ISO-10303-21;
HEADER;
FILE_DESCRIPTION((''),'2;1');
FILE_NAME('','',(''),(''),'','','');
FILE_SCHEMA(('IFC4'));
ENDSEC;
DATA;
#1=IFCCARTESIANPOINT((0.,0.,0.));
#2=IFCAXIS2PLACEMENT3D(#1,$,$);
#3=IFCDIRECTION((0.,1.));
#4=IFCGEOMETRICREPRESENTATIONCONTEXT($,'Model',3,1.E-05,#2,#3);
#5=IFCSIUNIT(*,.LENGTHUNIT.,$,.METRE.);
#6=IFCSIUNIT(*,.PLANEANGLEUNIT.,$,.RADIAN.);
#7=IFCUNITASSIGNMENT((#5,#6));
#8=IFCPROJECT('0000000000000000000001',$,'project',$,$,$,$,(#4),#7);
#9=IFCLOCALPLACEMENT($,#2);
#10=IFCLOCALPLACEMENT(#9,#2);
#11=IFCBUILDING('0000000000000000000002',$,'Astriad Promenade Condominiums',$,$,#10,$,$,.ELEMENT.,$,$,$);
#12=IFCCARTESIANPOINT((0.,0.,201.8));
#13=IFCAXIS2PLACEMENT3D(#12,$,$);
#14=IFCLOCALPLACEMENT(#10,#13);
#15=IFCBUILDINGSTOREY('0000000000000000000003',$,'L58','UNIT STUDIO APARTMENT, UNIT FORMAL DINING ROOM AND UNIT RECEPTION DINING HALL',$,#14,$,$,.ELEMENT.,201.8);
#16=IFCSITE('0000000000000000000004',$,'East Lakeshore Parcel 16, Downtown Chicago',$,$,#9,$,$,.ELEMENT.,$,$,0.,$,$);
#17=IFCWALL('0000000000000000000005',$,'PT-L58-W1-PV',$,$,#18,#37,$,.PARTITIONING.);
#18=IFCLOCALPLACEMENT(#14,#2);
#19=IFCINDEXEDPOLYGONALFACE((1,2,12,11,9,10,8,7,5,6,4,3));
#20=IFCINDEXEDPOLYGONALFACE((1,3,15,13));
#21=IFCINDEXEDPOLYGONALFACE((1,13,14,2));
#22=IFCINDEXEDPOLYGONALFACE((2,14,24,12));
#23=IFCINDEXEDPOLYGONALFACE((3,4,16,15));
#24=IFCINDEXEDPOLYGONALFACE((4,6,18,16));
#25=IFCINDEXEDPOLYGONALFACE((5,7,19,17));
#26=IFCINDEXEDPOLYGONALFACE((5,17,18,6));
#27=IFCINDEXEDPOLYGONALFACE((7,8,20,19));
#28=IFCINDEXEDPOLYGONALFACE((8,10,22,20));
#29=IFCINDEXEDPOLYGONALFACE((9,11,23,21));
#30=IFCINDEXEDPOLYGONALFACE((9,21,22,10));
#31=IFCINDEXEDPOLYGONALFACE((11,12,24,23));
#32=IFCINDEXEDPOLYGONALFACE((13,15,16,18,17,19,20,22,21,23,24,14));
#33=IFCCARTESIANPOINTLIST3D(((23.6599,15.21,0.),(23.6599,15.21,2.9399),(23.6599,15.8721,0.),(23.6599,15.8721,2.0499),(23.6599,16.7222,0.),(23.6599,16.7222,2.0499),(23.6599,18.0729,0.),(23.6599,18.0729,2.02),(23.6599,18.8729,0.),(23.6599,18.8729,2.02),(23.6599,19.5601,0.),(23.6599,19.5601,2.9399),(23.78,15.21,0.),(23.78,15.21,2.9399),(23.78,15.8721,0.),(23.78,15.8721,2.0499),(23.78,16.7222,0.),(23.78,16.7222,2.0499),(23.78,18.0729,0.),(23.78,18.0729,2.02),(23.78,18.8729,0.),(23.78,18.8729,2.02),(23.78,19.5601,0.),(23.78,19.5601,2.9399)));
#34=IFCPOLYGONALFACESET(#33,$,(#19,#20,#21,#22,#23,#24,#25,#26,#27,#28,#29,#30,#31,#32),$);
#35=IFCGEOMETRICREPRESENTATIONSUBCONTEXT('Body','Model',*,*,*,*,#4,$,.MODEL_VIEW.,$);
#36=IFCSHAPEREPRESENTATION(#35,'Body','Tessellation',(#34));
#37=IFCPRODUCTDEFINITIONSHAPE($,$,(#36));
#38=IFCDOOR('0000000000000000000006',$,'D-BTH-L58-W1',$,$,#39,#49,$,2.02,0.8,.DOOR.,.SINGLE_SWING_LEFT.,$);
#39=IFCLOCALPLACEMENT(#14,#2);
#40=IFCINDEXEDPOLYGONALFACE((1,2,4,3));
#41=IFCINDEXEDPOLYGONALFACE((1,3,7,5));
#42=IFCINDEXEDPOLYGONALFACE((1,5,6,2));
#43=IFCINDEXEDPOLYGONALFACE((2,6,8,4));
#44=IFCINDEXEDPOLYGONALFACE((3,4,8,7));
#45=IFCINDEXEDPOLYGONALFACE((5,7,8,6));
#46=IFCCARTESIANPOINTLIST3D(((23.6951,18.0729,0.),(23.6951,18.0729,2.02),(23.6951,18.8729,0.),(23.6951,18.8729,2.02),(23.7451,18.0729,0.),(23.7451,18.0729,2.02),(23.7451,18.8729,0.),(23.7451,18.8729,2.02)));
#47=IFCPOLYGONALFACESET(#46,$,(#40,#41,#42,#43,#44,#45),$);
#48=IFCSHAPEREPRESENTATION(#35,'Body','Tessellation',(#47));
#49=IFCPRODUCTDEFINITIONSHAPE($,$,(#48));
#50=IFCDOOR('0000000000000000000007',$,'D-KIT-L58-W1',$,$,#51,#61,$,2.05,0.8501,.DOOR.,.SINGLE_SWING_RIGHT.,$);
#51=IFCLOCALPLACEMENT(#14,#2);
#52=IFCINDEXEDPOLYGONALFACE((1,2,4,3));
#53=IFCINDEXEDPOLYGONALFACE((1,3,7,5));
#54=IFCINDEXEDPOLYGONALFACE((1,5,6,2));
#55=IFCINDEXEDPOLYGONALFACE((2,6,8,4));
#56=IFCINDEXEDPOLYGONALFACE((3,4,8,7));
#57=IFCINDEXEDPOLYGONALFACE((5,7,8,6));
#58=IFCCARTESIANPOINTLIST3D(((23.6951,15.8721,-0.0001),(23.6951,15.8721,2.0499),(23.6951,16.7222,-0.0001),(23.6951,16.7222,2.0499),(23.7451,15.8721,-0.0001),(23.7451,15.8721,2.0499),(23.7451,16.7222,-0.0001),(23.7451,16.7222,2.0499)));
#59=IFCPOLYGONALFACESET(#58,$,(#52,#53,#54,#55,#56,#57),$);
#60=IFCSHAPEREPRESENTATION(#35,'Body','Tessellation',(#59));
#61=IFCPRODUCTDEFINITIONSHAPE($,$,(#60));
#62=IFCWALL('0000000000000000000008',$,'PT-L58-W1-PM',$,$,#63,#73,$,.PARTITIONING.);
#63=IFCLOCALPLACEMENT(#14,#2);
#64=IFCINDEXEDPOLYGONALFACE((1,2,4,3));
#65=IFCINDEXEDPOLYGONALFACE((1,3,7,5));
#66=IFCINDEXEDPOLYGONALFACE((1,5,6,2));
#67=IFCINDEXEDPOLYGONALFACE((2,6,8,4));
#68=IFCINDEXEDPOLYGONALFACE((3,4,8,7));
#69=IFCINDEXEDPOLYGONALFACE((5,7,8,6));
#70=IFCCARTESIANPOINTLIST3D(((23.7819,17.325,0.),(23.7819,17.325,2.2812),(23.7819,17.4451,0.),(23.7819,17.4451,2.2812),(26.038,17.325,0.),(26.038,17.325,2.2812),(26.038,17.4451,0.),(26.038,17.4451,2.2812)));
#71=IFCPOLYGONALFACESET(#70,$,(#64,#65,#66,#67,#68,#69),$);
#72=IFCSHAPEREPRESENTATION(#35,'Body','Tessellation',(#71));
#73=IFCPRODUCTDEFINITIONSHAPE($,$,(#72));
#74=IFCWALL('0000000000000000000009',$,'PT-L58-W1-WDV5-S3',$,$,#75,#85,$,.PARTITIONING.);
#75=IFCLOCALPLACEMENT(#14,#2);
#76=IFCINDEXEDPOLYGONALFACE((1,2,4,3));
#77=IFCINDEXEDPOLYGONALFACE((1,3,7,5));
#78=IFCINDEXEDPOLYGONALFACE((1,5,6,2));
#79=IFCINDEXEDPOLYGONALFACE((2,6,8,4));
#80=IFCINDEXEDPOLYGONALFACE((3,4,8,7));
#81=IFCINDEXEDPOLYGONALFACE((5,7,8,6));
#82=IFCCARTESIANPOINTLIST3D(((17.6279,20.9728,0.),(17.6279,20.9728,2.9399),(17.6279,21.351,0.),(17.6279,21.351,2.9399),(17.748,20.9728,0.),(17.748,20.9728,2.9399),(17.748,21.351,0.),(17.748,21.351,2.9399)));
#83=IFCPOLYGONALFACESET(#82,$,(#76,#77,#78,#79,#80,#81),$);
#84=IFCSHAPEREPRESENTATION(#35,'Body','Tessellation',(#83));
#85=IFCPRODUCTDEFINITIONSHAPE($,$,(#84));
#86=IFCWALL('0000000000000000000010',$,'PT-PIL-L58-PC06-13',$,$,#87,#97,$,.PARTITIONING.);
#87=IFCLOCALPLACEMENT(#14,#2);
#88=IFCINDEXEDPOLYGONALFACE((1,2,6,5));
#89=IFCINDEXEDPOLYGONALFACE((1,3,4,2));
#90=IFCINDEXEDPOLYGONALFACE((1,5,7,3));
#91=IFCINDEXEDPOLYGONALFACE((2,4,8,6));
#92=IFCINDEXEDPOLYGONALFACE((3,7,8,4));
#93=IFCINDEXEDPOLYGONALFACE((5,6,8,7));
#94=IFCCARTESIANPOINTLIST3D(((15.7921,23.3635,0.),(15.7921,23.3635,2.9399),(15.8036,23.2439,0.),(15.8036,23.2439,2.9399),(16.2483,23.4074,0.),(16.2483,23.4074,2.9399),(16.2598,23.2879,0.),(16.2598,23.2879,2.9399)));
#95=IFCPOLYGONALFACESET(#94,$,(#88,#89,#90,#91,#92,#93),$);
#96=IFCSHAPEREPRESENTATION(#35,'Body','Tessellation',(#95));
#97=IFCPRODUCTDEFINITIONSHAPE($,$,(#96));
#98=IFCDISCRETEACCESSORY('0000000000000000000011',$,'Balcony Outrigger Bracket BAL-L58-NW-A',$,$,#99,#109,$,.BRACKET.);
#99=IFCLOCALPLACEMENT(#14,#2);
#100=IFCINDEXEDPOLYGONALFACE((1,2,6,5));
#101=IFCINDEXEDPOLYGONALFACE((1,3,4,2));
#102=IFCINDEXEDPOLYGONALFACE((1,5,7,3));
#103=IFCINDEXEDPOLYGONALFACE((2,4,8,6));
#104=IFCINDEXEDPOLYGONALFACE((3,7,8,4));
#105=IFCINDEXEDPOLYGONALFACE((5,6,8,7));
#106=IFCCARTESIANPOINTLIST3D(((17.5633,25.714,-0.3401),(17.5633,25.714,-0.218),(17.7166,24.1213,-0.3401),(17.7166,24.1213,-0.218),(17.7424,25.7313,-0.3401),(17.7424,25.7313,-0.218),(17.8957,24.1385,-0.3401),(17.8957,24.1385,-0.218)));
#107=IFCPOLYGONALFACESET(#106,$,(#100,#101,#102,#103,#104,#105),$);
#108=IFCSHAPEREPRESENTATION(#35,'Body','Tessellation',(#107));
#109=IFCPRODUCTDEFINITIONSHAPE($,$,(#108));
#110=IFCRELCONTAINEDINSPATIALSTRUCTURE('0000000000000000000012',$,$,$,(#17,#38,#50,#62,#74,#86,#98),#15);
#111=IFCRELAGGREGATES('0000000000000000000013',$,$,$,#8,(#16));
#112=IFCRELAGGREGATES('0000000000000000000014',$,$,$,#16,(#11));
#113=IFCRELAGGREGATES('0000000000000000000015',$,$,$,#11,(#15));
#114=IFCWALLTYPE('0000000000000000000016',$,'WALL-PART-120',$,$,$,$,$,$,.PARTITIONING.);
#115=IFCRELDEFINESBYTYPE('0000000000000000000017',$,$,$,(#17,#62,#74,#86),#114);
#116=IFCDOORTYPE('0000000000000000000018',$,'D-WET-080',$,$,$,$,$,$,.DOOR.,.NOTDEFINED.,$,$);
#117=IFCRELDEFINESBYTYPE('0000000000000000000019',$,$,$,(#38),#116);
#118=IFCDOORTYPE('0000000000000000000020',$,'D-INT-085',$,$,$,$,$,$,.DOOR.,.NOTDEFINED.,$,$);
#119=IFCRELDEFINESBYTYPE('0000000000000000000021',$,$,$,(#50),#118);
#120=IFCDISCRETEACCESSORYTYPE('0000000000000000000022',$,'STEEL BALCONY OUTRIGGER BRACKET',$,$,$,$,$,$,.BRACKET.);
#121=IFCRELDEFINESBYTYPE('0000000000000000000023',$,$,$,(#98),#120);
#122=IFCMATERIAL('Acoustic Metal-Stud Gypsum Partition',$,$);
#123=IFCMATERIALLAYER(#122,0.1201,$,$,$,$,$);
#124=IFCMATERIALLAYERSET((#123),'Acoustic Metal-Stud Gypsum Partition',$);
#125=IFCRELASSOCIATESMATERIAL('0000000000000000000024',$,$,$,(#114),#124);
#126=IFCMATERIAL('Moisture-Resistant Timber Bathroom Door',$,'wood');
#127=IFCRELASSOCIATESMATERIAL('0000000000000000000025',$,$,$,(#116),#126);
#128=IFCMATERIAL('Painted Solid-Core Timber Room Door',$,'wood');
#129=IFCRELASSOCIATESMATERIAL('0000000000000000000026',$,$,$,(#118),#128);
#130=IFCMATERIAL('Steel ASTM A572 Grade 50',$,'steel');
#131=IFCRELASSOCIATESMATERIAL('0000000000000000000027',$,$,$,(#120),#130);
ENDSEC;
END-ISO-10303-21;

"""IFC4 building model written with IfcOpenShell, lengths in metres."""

from ifc_helpers import new_model, si_unit, direction, frame, frame_2d, origin, origin_2d, place, context, subcontext, project, spatial, rectangle, extrude, source, transform, mapped, material, layer, layer_set, type_object, type_shapes, element, fill, save


model = new_model("IFC4")

# Units and contexts
model_context = context("Model", 3, precision=1e-05, world=origin(), true_north=direction((0.0, 1.0)))
body_context = subcontext(model_context, "Body", "Model", "MODEL_VIEW")
ifc_project = project(units=[si_unit("LENGTHUNIT", "METRE"), si_unit("PLANEANGLEUNIT", "RADIAN")], contexts=[model_context])

# Site, building, storey
site_placement = place(None, origin())
site = spatial("IfcSite", under=ifc_project, at=site_placement, Name="East Lakeshore Parcel 16, Downtown Chicago", CompositionType="ELEMENT", RefElevation=0.0)
building_placement = place(site_placement, origin())
building = spatial("IfcBuilding", under=site, at=building_placement, Name="Astriad Promenade Condominiums", CompositionType="ELEMENT")
storey_placement = place(building_placement, frame((0.0, 0.0, 201.8)))
storey = spatial("IfcBuildingStorey", under=building, at=storey_placement, Name="L58", Description="UNIT STUDIO APARTMENT, UNIT FORMAL DINING ROOM AND UNIT RECEPTION DINING HALL", CompositionType="ELEMENT", Elevation=201.8)

# Wall, openings, doors
ifc_material_1 = material(Name="Acoustic Metal-Stud Gypsum Partition")
ifc_layer_1 = layer(ifc_material_1, 0.1201)
ifc_layer_set_1 = layer_set([ifc_layer_1], Name="Acoustic Metal-Stud Gypsum Partition")
wall_type_1 = type_object("IfcWallType", Name="WALL-PART-120", PredefinedType="PARTITIONING", material=ifc_layer_set_1)
wall_1_placement = place(storey_placement, frame((23.72, 15.21, 0.0), z_axis=(0.0, 0.0, 1.0), x_axis=(0.0, 1.0, 0.0)))
wall_1 = element("IfcWall", 1, at=wall_1_placement, inside=storey, type_object=wall_type_1, Name="PT-L58-W1-PV", PredefinedType="PARTITIONING", context=body_context, shape_type="SweptSolid", body=[
    extrude(rectangle(XDim=4.3501, YDim=0.1201, at=frame_2d((2.175, 0.0))), origin(), (0.0, 0.0, 1.0), 2.9399),
])
opening_1_placement = place(wall_1_placement, frame((0.6621, 0.0, 0.0)))
opening_1 = element("IfcOpeningElement", 2, at=opening_1_placement, cuts=wall_1, PredefinedType="OPENING", context=body_context, shape_type="SweptSolid", body=[
    extrude(rectangle(XDim=0.8501, YDim=2.05, at=frame_2d((0.425, 1.0249))), frame((0.0, 0.0701, 0.0), z_axis=(0.0, -1.0, 0.0), x_axis=(1.0, 0.0, 0.0)), (0.0, 0.0, 1.0), 0.1401),
])
opening_2_placement = place(wall_1_placement, frame((2.863, 0.0, 0.0)))
opening_2 = element("IfcOpeningElement", 3, at=opening_2_placement, cuts=wall_1, PredefinedType="OPENING", context=body_context, shape_type="SweptSolid", body=[
    extrude(rectangle(XDim=0.8, YDim=2.02, at=frame_2d((0.3999, 1.01))), frame((0.0, 0.0701, 0.0), z_axis=(0.0, -1.0, 0.0), x_axis=(1.0, 0.0, 0.0)), (0.0, 0.0, 1.0), 0.1401),
])
ifc_material_2 = material(Name="Moisture-Resistant Timber Bathroom Door", Category="wood")
door_type_1 = type_object("IfcDoorType", Name="D-WET-080", OperationType="NOTDEFINED", PredefinedType="DOOR", material=ifc_material_2)
shared_shape_1 = source(origin(), body_context, "Body", "SweptSolid", [
    extrude(rectangle(XDim=0.8, YDim=2.02, at=frame_2d((0.3999, 1.01))), frame((0.0, 0.0249, 0.0), z_axis=(0.0, -1.0, 0.0), x_axis=(1.0, 0.0, 0.0)), (0.0, 0.0, 1.0), 0.05),
])
type_shapes(door_type_1, [shared_shape_1])
door_1_placement = place(opening_2_placement, origin())
door_1 = element("IfcDoor", 4, at=door_1_placement, inside=storey, type_object=door_type_1, Name="D-BTH-L58-W1", OperationType="SINGLE_SWING_LEFT", OverallHeight=2.02, OverallWidth=0.8, PredefinedType="DOOR", context=body_context, shape_type="MappedRepresentation", body=[
    mapped(shared_shape_1, transform((0.0, 0.0, 0.0), scale=1.0)),
])
fill(opening_2, door_1)
ifc_material_3 = material(Name="Painted Solid-Core Timber Room Door", Category="wood")
door_type_2 = type_object("IfcDoorType", Name="D-INT-085", OperationType="NOTDEFINED", PredefinedType="DOOR", material=ifc_material_3)
shared_shape_2 = source(origin(), body_context, "Body", "SweptSolid", [
    extrude(rectangle(XDim=0.8501, YDim=2.05, at=frame_2d((0.425, 1.0249))), frame((0.0, 0.0249, 0.0), z_axis=(0.0, -1.0, 0.0), x_axis=(1.0, 0.0, 0.0)), (0.0, 0.0, 1.0), 0.05),
])
type_shapes(door_type_2, [shared_shape_2])
door_2_placement = place(opening_1_placement, origin())
door_2 = element("IfcDoor", 5, at=door_2_placement, inside=storey, type_object=door_type_2, Name="D-KIT-L58-W1", OperationType="SINGLE_SWING_RIGHT", OverallHeight=2.05, OverallWidth=0.8501, PredefinedType="DOOR", context=body_context, shape_type="MappedRepresentation", body=[
    mapped(shared_shape_2, transform((0.0, 0.0, 0.0), scale=1.0)),
])
fill(opening_1, door_2)

# Walls
wall_2_placement = place(storey_placement, frame((23.782, 17.385, 0.0), z_axis=(0.0, 0.0, 1.0), x_axis=(1.0, 0.0, 0.0)))
element("IfcWall", 6, at=wall_2_placement, inside=storey, type_object=wall_type_1, Name="PT-L58-W1-PM", PredefinedType="PARTITIONING", context=body_context, shape_type="SweptSolid", body=[
    extrude(rectangle(XDim=2.2561, YDim=0.1201, at=frame_2d((1.1279, 0.0))), origin(), (0.0, 0.0, 1.0), 2.2812),
])
wall_3_placement = place(storey_placement, frame((17.688, 20.9729, 0.0), z_axis=(0.0, 0.0, 1.0), x_axis=(0.0, 1.0, 0.0)))
element("IfcWall", 7, at=wall_3_placement, inside=storey, type_object=wall_type_1, Name="PT-L58-W1-WDV5-S3", PredefinedType="PARTITIONING", context=body_context, shape_type="SweptSolid", body=[
    extrude(rectangle(XDim=0.3782, YDim=0.1201, at=frame_2d((0.189, 0.0))), origin(), (0.0, 0.0, 1.0), 2.9399),
])
wall_4_placement = place(storey_placement, frame((16.2539, 23.3477, 0.0), z_axis=(0.0, 0.0, 1.0), x_axis=(-0.995389, -0.095915, 0.0)))
element("IfcWall", 8, at=wall_4_placement, inside=storey, type_object=wall_type_1, Name="PT-PIL-L58-PC06-13", PredefinedType="PARTITIONING", context=body_context, shape_type="SweptSolid", body=[
    extrude(rectangle(XDim=0.4583, YDim=0.1201, at=frame_2d((0.229, 0.0))), origin(), (0.0, 0.0, 1.0), 2.9399),
])

# Discrete accessory
ifc_material_4 = material(Name="Steel ASTM A572 Grade 50", Category="steel")
discrete_accessory_type = type_object("IfcDiscreteAccessoryType", Name="STEEL BALCONY OUTRIGGER BRACKET", PredefinedType="BRACKET", material=ifc_material_4)
shared_shape_3 = source(origin(), body_context, "Body", "SweptSolid", [
    extrude(rectangle(XDim=1.6001, YDim=0.1799, at=origin_2d()), origin(), (0.0, 0.0, 1.0), 0.1221),
])
type_shapes(discrete_accessory_type, [shared_shape_3])
discrete_accessory_placement = place(storey_placement, frame((17.7295, 24.9263, -0.3401), z_axis=(0.0, 0.0, 1.0), x_axis=(-0.095846, 0.995396, 0.0)))
element("IfcDiscreteAccessory", 9, at=discrete_accessory_placement, inside=storey, type_object=discrete_accessory_type, Name="Balcony Outrigger Bracket BAL-L58-NW-A", PredefinedType="BRACKET", context=body_context, shape_type="MappedRepresentation", body=[
    mapped(shared_shape_3, transform((0.0, 0.0, 0.0), scale=1.0)),
])

save(model, "model.ifc")
